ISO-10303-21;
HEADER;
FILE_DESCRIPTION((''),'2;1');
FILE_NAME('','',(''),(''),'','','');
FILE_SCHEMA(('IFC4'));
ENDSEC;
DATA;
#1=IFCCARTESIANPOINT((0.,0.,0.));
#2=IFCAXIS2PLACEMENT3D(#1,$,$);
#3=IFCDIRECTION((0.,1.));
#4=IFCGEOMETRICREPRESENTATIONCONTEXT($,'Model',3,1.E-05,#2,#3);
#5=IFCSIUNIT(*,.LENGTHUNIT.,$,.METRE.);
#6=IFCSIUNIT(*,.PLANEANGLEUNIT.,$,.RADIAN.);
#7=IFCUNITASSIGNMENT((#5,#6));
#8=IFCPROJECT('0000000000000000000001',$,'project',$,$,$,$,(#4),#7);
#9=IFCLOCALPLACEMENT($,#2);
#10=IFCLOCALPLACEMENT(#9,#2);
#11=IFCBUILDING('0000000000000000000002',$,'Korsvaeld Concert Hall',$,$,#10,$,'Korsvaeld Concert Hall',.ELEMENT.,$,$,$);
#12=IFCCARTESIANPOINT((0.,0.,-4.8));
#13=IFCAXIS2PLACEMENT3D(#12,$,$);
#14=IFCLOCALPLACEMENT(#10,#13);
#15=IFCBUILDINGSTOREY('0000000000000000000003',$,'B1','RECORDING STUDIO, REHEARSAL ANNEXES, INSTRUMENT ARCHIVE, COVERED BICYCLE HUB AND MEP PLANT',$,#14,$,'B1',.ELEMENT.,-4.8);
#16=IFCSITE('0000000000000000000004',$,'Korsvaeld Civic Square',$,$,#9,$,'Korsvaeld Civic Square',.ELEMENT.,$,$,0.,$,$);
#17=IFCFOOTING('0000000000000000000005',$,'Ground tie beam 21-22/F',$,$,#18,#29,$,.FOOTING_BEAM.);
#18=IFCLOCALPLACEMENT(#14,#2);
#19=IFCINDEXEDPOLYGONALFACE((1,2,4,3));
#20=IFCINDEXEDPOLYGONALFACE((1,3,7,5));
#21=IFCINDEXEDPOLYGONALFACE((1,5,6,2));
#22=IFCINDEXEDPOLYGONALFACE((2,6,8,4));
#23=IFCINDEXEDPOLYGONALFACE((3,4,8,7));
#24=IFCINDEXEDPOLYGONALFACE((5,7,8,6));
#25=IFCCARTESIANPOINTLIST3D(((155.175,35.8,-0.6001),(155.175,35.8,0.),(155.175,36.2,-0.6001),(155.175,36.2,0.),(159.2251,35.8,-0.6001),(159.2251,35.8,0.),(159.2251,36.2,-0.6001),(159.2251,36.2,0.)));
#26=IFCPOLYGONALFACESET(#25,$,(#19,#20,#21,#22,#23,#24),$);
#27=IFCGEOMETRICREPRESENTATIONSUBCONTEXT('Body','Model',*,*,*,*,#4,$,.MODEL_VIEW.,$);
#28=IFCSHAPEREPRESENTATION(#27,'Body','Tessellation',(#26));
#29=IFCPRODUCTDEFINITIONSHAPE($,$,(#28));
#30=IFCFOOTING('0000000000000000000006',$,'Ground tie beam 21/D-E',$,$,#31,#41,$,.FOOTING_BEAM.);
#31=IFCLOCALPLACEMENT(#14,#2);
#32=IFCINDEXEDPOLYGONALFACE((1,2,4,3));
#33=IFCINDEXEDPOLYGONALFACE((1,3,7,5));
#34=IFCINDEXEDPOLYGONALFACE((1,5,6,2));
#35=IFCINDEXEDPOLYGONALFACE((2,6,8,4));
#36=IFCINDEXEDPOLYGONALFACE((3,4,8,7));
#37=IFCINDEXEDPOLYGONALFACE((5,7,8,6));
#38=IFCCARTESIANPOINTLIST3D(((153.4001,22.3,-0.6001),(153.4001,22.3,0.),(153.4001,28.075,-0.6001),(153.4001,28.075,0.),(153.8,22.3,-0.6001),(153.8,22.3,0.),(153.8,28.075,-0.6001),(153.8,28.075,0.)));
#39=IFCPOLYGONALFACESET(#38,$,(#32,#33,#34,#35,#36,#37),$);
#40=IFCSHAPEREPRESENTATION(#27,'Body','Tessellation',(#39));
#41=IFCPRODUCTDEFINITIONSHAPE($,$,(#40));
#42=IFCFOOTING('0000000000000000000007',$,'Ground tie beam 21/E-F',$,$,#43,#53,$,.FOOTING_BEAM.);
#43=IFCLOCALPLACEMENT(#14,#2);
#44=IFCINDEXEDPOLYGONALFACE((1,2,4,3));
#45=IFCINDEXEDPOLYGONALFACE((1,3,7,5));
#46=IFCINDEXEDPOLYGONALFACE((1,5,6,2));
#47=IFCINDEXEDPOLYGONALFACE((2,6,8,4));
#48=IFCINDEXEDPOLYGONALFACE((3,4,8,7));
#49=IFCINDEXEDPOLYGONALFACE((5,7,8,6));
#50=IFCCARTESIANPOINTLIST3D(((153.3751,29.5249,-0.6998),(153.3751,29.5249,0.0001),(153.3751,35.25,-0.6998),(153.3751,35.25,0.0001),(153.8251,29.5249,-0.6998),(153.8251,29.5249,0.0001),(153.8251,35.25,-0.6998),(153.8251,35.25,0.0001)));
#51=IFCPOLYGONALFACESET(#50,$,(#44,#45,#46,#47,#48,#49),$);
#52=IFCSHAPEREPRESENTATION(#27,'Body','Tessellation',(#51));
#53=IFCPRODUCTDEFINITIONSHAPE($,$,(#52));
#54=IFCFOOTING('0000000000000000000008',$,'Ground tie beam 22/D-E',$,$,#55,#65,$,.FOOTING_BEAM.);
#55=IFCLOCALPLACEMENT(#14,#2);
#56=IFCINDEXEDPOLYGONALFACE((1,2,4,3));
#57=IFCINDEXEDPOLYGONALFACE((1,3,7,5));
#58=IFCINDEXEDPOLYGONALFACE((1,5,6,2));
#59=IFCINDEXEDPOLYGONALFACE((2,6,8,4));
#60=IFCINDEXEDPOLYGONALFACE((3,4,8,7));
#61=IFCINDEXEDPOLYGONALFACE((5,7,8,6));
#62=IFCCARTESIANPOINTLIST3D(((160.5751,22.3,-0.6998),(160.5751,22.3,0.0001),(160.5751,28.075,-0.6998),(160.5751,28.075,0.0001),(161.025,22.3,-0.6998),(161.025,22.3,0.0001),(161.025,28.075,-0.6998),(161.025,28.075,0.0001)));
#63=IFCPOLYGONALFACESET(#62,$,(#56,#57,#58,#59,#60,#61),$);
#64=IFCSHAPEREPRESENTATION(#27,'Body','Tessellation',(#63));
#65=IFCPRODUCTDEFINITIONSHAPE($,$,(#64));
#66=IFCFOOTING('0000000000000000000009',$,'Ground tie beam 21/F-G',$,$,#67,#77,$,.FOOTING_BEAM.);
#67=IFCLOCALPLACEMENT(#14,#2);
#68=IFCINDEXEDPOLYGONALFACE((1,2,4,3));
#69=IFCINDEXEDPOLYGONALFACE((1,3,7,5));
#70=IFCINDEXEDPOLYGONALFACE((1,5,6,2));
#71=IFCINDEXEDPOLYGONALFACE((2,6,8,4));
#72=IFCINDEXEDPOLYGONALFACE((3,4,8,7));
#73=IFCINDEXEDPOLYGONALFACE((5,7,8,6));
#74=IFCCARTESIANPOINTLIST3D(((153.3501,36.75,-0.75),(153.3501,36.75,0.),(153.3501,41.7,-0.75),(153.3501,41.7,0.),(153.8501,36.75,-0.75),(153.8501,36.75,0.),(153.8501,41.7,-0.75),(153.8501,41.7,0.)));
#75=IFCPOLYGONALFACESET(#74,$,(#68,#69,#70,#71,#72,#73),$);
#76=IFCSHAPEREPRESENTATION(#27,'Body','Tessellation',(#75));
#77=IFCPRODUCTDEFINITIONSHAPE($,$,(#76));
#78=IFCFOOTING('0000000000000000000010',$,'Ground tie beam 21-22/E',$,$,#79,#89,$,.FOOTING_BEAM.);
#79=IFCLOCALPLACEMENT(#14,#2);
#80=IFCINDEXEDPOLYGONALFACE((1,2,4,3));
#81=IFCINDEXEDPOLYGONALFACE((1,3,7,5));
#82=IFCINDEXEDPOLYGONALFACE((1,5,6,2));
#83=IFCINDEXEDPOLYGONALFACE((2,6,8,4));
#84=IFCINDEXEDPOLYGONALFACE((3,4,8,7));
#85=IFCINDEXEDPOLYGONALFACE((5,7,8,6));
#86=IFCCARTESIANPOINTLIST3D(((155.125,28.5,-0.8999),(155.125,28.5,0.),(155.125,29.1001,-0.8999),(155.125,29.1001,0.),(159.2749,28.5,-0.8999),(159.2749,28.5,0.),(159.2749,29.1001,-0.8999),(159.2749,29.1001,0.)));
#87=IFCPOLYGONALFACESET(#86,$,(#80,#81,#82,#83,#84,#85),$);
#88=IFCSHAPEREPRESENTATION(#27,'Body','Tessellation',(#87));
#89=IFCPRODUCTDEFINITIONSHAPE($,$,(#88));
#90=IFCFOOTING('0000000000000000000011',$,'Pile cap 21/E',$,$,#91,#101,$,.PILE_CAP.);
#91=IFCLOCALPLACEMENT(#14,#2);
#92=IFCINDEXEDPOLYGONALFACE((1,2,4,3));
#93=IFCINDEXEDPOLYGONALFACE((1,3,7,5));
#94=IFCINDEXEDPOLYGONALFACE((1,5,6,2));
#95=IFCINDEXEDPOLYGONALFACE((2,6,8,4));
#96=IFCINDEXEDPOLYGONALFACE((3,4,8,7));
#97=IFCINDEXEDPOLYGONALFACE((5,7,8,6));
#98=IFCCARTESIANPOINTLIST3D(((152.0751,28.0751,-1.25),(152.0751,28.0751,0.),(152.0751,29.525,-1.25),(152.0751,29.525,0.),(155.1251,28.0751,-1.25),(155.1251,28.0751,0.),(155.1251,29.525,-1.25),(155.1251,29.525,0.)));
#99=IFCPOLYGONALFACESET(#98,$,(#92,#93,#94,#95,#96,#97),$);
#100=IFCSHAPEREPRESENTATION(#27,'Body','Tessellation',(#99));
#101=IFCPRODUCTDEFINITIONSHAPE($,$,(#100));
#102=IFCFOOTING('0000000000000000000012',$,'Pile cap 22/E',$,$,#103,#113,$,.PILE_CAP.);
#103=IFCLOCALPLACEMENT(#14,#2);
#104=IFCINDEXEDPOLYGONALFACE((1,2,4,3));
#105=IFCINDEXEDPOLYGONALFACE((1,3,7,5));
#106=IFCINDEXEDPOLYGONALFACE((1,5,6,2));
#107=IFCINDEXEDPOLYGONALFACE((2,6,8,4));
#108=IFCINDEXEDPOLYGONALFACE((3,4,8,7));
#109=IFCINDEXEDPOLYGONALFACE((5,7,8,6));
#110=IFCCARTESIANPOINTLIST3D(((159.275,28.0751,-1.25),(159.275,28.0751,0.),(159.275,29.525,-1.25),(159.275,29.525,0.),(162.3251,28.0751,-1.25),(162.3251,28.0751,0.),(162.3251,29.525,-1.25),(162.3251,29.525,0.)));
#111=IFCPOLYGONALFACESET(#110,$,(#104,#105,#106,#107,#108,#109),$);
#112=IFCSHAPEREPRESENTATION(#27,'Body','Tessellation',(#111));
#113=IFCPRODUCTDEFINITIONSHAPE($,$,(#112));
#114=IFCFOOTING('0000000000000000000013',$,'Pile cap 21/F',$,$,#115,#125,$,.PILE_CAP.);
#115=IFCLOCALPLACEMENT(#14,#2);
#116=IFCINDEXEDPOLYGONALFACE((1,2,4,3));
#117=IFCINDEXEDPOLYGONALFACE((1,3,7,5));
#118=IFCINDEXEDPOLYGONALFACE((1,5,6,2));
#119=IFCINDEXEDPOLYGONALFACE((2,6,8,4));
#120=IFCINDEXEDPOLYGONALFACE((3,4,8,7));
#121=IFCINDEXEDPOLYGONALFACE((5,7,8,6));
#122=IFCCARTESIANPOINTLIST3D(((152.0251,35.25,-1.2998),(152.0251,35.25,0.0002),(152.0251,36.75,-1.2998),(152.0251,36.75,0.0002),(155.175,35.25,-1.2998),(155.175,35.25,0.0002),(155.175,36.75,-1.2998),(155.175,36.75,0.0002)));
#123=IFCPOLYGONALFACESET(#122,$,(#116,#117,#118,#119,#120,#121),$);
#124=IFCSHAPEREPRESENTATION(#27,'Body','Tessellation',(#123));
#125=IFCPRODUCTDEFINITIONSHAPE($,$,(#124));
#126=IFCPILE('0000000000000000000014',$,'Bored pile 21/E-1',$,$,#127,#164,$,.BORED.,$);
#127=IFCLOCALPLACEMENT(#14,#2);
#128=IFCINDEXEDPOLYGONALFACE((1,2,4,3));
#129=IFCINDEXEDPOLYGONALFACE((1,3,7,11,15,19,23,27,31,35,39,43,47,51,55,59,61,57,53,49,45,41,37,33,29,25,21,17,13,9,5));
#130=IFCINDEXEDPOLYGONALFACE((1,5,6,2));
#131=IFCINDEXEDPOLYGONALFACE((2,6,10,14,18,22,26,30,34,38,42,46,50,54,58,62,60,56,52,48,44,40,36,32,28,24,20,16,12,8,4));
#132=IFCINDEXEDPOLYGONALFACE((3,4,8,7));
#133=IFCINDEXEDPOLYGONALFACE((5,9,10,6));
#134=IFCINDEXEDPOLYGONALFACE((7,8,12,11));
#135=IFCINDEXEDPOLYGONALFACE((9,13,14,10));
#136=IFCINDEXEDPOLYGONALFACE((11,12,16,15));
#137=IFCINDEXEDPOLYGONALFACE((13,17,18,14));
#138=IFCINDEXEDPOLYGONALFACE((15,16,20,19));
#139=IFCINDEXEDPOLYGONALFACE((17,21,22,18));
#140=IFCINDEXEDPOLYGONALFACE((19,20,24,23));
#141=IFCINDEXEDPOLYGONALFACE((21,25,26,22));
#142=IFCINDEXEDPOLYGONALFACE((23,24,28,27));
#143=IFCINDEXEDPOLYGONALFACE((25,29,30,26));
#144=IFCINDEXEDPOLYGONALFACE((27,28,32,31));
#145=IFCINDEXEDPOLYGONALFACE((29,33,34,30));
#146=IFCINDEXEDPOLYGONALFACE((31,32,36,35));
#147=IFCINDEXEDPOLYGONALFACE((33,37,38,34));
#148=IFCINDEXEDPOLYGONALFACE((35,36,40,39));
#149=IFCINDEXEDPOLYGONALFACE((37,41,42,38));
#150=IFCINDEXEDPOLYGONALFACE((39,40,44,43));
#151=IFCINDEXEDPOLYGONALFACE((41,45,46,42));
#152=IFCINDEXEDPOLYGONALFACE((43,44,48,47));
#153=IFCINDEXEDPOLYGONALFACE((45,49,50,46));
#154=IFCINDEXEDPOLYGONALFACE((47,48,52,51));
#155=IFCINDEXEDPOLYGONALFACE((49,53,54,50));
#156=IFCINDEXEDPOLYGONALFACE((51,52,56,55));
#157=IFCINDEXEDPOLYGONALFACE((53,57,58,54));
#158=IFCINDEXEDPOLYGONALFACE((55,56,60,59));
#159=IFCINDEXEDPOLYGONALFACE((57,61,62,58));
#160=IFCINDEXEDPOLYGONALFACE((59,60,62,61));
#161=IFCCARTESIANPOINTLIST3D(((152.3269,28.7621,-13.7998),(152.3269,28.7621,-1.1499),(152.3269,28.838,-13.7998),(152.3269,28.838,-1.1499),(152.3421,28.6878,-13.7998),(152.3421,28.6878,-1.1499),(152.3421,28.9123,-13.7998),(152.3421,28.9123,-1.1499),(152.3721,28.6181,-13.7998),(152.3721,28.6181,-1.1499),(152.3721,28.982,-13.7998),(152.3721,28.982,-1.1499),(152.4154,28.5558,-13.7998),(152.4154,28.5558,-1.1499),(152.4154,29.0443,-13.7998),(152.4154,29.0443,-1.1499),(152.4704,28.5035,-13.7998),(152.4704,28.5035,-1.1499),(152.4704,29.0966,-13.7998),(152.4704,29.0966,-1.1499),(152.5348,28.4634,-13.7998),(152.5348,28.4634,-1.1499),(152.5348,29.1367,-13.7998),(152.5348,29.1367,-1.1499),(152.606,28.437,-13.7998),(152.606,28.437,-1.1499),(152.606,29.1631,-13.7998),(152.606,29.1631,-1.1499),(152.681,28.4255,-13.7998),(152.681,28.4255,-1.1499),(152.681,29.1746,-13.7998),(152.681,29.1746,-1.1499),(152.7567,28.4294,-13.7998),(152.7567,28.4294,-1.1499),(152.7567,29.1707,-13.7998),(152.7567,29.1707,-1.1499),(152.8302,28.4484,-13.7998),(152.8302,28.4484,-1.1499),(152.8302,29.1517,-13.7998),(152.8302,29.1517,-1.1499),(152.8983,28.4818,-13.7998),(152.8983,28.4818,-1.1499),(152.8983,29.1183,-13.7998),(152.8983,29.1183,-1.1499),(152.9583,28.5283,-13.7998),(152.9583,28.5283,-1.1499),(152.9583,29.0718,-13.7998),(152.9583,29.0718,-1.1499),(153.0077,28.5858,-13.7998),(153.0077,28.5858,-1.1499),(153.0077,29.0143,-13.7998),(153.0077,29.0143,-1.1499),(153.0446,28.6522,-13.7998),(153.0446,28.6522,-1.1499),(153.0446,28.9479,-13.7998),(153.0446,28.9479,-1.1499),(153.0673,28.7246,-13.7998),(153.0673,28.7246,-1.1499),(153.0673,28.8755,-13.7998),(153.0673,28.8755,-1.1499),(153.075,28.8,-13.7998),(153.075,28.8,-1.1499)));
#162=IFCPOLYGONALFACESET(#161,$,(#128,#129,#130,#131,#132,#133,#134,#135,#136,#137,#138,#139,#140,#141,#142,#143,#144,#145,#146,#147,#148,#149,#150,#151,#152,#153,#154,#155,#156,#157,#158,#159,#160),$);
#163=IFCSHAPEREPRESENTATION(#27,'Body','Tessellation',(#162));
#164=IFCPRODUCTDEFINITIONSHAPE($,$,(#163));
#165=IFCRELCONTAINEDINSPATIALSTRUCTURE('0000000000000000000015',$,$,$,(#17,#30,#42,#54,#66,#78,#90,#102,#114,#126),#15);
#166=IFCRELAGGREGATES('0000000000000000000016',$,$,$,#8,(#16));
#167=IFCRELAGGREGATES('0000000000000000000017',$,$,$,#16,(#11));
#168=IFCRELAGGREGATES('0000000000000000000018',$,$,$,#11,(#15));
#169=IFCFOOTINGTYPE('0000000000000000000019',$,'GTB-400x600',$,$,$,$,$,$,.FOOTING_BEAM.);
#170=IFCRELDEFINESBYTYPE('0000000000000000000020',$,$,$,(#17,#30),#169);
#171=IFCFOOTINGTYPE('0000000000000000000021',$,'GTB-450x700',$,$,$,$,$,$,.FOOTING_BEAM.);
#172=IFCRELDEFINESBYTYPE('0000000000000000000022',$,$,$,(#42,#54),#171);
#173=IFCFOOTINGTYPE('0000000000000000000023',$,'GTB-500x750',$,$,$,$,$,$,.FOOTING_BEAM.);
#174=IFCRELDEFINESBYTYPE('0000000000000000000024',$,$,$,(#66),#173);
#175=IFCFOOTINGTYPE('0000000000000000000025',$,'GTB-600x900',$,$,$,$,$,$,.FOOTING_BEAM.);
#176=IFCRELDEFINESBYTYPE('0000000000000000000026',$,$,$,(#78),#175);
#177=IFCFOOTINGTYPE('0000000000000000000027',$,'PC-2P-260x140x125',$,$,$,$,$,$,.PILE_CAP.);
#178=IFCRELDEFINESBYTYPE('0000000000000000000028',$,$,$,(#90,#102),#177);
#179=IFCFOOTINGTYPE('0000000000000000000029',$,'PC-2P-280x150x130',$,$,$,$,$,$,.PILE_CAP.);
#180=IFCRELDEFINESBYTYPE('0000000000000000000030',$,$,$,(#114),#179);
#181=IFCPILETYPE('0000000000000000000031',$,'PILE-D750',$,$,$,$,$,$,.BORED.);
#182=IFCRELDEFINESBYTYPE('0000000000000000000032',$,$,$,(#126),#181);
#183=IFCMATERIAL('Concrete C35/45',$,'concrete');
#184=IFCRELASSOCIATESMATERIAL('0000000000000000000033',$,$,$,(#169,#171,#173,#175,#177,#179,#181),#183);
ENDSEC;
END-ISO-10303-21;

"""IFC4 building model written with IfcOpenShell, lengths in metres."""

from ifc_helpers import new_model, si_unit, direction, frame, origin, origin_2d, place, context, subcontext, project, spatial, rectangle, circle, extrude, material, material_profile, profile_set, type_object, element, save


model = new_model("IFC4")

# Units and contexts
model_context = context("Model", 3, precision=1e-05, world=origin(), true_north=direction((0.0, 1.0)))
body_context = subcontext(model_context, "Body", "Model", "MODEL_VIEW")
ifc_project = project(units=[si_unit("LENGTHUNIT", "METRE"), si_unit("PLANEANGLEUNIT", "RADIAN")], contexts=[model_context])

# Site, building, storey
site_placement = place(None, origin())
site = spatial("IfcSite", under=ifc_project, at=site_placement, Name="Korsvaeld Civic Square", LongName="Korsvaeld Civic Square", CompositionType="ELEMENT", RefElevation=0.0)
building_placement = place(site_placement, origin())
building = spatial("IfcBuilding", under=site, at=building_placement, Name="Korsvaeld Concert Hall", LongName="Korsvaeld Concert Hall", CompositionType="ELEMENT")
storey_placement = place(building_placement, frame((0.0, 0.0, -4.8)))
storey = spatial("IfcBuildingStorey", under=building, at=storey_placement, Name="B1", Description="RECORDING STUDIO, REHEARSAL ANNEXES, INSTRUMENT ARCHIVE, COVERED BICYCLE HUB AND MEP PLANT", LongName="B1", CompositionType="ELEMENT", Elevation=-4.8)

# Footings
ifc_material_1 = material(Name="Concrete C35/45", Category="concrete")
ifc_material_profile_1 = material_profile(ifc_material_1, rectangle(XDim=0.3999, YDim=0.6001, at=origin_2d()), Name="GTB 400x600")
ifc_profile_set_1 = profile_set([ifc_material_profile_1], Name="Concrete C35/45")
footing_type_1 = type_object("IfcFootingType", Name="GTB-400x600", PredefinedType="FOOTING_BEAM", material=ifc_profile_set_1)
footing_1_placement = place(storey_placement, frame((155.175, 36.0, -0.3), z_axis=(1.0, 0.0, 0.0), x_axis=(0.0, 1.0, 0.0)))
element("IfcFooting", 1, at=footing_1_placement, inside=storey, type_object=footing_type_1, Name="Ground tie beam 21-22/F", PredefinedType="FOOTING_BEAM", context=body_context, shape_type="SweptSolid", body=[
    extrude(rectangle(XDim=0.3999, YDim=0.6001, at=origin_2d()), origin(), (0.0, 0.0, 1.0), 4.05),
])
footing_2_placement = place(storey_placement, frame((153.6001, 22.3, -0.3), z_axis=(0.0, 1.0, 0.0), x_axis=(-1.0, 0.0, 0.0)))
element("IfcFooting", 2, at=footing_2_placement, inside=storey, type_object=footing_type_1, Name="Ground tie beam 21/D-E", PredefinedType="FOOTING_BEAM", context=body_context, shape_type="SweptSolid", body=[
    extrude(rectangle(XDim=0.3999, YDim=0.6001, at=origin_2d()), origin(), (0.0, 0.0, 1.0), 5.7749),
])
ifc_material_profile_2 = material_profile(ifc_material_1, rectangle(XDim=0.45, YDim=0.7, at=origin_2d()), Name="GTB 450x700")
ifc_profile_set_2 = profile_set([ifc_material_profile_2], Name="Concrete C35/45")
footing_type_2 = type_object("IfcFootingType", Name="GTB-450x700", PredefinedType="FOOTING_BEAM", material=ifc_profile_set_2)
footing_3_placement = place(storey_placement, frame((153.6001, 29.5249, -0.3499), z_axis=(0.0, 1.0, 0.0), x_axis=(-1.0, 0.0, 0.0)))
element("IfcFooting", 3, at=footing_3_placement, inside=storey, type_object=footing_type_2, Name="Ground tie beam 21/E-F", PredefinedType="FOOTING_BEAM", context=body_context, shape_type="SweptSolid", body=[
    extrude(rectangle(XDim=0.45, YDim=0.7, at=origin_2d()), origin(), (0.0, 0.0, 1.0), 5.7251),
])
footing_4_placement = place(storey_placement, frame((160.8, 22.3, -0.3499), z_axis=(0.0, 1.0, 0.0), x_axis=(-1.0, 0.0, 0.0)))
element("IfcFooting", 4, at=footing_4_placement, inside=storey, type_object=footing_type_2, Name="Ground tie beam 22/D-E", PredefinedType="FOOTING_BEAM", context=body_context, shape_type="SweptSolid", body=[
    extrude(rectangle(XDim=0.45, YDim=0.7, at=origin_2d()), origin(), (0.0, 0.0, 1.0), 5.7749),
])
ifc_material_profile_3 = material_profile(ifc_material_1, rectangle(XDim=0.5, YDim=0.75, at=origin_2d()), Name="GTB 500x750")
ifc_profile_set_3 = profile_set([ifc_material_profile_3], Name="Concrete C35/45")
footing_type_3 = type_object("IfcFootingType", Name="GTB-500x750", PredefinedType="FOOTING_BEAM", material=ifc_profile_set_3)
footing_5_placement = place(storey_placement, frame((153.6001, 36.75, -0.375), z_axis=(0.0, 1.0, 0.0), x_axis=(-1.0, 0.0, 0.0)))
element("IfcFooting", 5, at=footing_5_placement, inside=storey, type_object=footing_type_3, Name="Ground tie beam 21/F-G", PredefinedType="FOOTING_BEAM", context=body_context, shape_type="SweptSolid", body=[
    extrude(rectangle(XDim=0.5, YDim=0.75, at=origin_2d()), origin(), (0.0, 0.0, 1.0), 4.95),
])
ifc_material_profile_4 = material_profile(ifc_material_1, rectangle(XDim=0.6001, YDim=0.8999, at=origin_2d()), Name="GTB 600x900")
ifc_profile_set_4 = profile_set([ifc_material_profile_4], Name="Concrete C35/45")
footing_type_4 = type_object("IfcFootingType", Name="GTB-600x900", PredefinedType="FOOTING_BEAM", material=ifc_profile_set_4)
footing_6_placement = place(storey_placement, frame((155.125, 28.8, -0.45), z_axis=(1.0, 0.0, 0.0), x_axis=(0.0, 1.0, 0.0)))
element("IfcFooting", 6, at=footing_6_placement, inside=storey, type_object=footing_type_4, Name="Ground tie beam 21-22/E", PredefinedType="FOOTING_BEAM", context=body_context, shape_type="SweptSolid", body=[
    extrude(rectangle(XDim=0.6001, YDim=0.8999, at=origin_2d()), origin(), (0.0, 0.0, 1.0), 4.1499),
])
footing_type_5 = type_object("IfcFootingType", Name="PC-2P-260x140x125", PredefinedType="PILE_CAP", material=ifc_material_1)
for number, where, z_axis, x_axis, name in (
    (7, (153.6001, 28.8, -1.25), (0.0, 0.0, 1.0), (1.0, 0.0, 0.0), "Pile cap 21/E"),
    (8, (160.8, 28.8, -1.25), (0.0, 0.0, 1.0), (1.0, 0.0, 0.0), "Pile cap 22/E"),
):
    element("IfcFooting", number, at=place(storey_placement, frame(where, z_axis=z_axis, x_axis=x_axis)), inside=storey, type_object=footing_type_5, Name=name, PredefinedType="PILE_CAP", context=body_context, shape_type="SweptSolid", body=[
        extrude(rectangle(XDim=3.05, YDim=1.45, at=origin_2d()), origin(), (0.0, 0.0, 1.0), 1.25),
    ])
footing_type_6 = type_object("IfcFootingType", Name="PC-2P-280x150x130", PredefinedType="PILE_CAP", material=ifc_material_1)
footing_7_placement = place(storey_placement, frame((153.6001, 36.0, -1.2998), z_axis=(0.0, 0.0, 1.0), x_axis=(1.0, 0.0, 0.0)))
element("IfcFooting", 9, at=footing_7_placement, inside=storey, type_object=footing_type_6, Name="Pile cap 21/F", PredefinedType="PILE_CAP", context=body_context, shape_type="SweptSolid", body=[
    extrude(rectangle(XDim=3.1499, YDim=1.5, at=origin_2d()), origin(), (0.0, 0.0, 1.0), 1.3),
])

# Pile
ifc_material_profile_5 = material_profile(ifc_material_1, circle(Radius=0.375, at=origin_2d()), Name="BORED PILE D750")
ifc_profile_set_5 = profile_set([ifc_material_profile_5], Name="Concrete C35/45")
pile_type_1 = type_object("IfcPileType", Name="PILE-D750", PredefinedType="BORED", material=ifc_profile_set_5)
for number, where, z_axis, x_axis, name in (
    (10, (152.7, 28.8, -1.1499), (0.0, 0.0, -1.0), (1.0, 0.0, 0.0), "Bored pile 21/E-1"),
):
    element("IfcPile", number, at=place(storey_placement, frame(where, z_axis=z_axis, x_axis=x_axis)), inside=storey, type_object=pile_type_1, Name=name, PredefinedType="BORED", context=body_context, shape_type="SweptSolid", body=[
        extrude(circle(Radius=0.375, at=origin_2d()), origin(), (0.0, 0.0, 1.0), 12.6499),
    ])

save(model, "model.ifc")
